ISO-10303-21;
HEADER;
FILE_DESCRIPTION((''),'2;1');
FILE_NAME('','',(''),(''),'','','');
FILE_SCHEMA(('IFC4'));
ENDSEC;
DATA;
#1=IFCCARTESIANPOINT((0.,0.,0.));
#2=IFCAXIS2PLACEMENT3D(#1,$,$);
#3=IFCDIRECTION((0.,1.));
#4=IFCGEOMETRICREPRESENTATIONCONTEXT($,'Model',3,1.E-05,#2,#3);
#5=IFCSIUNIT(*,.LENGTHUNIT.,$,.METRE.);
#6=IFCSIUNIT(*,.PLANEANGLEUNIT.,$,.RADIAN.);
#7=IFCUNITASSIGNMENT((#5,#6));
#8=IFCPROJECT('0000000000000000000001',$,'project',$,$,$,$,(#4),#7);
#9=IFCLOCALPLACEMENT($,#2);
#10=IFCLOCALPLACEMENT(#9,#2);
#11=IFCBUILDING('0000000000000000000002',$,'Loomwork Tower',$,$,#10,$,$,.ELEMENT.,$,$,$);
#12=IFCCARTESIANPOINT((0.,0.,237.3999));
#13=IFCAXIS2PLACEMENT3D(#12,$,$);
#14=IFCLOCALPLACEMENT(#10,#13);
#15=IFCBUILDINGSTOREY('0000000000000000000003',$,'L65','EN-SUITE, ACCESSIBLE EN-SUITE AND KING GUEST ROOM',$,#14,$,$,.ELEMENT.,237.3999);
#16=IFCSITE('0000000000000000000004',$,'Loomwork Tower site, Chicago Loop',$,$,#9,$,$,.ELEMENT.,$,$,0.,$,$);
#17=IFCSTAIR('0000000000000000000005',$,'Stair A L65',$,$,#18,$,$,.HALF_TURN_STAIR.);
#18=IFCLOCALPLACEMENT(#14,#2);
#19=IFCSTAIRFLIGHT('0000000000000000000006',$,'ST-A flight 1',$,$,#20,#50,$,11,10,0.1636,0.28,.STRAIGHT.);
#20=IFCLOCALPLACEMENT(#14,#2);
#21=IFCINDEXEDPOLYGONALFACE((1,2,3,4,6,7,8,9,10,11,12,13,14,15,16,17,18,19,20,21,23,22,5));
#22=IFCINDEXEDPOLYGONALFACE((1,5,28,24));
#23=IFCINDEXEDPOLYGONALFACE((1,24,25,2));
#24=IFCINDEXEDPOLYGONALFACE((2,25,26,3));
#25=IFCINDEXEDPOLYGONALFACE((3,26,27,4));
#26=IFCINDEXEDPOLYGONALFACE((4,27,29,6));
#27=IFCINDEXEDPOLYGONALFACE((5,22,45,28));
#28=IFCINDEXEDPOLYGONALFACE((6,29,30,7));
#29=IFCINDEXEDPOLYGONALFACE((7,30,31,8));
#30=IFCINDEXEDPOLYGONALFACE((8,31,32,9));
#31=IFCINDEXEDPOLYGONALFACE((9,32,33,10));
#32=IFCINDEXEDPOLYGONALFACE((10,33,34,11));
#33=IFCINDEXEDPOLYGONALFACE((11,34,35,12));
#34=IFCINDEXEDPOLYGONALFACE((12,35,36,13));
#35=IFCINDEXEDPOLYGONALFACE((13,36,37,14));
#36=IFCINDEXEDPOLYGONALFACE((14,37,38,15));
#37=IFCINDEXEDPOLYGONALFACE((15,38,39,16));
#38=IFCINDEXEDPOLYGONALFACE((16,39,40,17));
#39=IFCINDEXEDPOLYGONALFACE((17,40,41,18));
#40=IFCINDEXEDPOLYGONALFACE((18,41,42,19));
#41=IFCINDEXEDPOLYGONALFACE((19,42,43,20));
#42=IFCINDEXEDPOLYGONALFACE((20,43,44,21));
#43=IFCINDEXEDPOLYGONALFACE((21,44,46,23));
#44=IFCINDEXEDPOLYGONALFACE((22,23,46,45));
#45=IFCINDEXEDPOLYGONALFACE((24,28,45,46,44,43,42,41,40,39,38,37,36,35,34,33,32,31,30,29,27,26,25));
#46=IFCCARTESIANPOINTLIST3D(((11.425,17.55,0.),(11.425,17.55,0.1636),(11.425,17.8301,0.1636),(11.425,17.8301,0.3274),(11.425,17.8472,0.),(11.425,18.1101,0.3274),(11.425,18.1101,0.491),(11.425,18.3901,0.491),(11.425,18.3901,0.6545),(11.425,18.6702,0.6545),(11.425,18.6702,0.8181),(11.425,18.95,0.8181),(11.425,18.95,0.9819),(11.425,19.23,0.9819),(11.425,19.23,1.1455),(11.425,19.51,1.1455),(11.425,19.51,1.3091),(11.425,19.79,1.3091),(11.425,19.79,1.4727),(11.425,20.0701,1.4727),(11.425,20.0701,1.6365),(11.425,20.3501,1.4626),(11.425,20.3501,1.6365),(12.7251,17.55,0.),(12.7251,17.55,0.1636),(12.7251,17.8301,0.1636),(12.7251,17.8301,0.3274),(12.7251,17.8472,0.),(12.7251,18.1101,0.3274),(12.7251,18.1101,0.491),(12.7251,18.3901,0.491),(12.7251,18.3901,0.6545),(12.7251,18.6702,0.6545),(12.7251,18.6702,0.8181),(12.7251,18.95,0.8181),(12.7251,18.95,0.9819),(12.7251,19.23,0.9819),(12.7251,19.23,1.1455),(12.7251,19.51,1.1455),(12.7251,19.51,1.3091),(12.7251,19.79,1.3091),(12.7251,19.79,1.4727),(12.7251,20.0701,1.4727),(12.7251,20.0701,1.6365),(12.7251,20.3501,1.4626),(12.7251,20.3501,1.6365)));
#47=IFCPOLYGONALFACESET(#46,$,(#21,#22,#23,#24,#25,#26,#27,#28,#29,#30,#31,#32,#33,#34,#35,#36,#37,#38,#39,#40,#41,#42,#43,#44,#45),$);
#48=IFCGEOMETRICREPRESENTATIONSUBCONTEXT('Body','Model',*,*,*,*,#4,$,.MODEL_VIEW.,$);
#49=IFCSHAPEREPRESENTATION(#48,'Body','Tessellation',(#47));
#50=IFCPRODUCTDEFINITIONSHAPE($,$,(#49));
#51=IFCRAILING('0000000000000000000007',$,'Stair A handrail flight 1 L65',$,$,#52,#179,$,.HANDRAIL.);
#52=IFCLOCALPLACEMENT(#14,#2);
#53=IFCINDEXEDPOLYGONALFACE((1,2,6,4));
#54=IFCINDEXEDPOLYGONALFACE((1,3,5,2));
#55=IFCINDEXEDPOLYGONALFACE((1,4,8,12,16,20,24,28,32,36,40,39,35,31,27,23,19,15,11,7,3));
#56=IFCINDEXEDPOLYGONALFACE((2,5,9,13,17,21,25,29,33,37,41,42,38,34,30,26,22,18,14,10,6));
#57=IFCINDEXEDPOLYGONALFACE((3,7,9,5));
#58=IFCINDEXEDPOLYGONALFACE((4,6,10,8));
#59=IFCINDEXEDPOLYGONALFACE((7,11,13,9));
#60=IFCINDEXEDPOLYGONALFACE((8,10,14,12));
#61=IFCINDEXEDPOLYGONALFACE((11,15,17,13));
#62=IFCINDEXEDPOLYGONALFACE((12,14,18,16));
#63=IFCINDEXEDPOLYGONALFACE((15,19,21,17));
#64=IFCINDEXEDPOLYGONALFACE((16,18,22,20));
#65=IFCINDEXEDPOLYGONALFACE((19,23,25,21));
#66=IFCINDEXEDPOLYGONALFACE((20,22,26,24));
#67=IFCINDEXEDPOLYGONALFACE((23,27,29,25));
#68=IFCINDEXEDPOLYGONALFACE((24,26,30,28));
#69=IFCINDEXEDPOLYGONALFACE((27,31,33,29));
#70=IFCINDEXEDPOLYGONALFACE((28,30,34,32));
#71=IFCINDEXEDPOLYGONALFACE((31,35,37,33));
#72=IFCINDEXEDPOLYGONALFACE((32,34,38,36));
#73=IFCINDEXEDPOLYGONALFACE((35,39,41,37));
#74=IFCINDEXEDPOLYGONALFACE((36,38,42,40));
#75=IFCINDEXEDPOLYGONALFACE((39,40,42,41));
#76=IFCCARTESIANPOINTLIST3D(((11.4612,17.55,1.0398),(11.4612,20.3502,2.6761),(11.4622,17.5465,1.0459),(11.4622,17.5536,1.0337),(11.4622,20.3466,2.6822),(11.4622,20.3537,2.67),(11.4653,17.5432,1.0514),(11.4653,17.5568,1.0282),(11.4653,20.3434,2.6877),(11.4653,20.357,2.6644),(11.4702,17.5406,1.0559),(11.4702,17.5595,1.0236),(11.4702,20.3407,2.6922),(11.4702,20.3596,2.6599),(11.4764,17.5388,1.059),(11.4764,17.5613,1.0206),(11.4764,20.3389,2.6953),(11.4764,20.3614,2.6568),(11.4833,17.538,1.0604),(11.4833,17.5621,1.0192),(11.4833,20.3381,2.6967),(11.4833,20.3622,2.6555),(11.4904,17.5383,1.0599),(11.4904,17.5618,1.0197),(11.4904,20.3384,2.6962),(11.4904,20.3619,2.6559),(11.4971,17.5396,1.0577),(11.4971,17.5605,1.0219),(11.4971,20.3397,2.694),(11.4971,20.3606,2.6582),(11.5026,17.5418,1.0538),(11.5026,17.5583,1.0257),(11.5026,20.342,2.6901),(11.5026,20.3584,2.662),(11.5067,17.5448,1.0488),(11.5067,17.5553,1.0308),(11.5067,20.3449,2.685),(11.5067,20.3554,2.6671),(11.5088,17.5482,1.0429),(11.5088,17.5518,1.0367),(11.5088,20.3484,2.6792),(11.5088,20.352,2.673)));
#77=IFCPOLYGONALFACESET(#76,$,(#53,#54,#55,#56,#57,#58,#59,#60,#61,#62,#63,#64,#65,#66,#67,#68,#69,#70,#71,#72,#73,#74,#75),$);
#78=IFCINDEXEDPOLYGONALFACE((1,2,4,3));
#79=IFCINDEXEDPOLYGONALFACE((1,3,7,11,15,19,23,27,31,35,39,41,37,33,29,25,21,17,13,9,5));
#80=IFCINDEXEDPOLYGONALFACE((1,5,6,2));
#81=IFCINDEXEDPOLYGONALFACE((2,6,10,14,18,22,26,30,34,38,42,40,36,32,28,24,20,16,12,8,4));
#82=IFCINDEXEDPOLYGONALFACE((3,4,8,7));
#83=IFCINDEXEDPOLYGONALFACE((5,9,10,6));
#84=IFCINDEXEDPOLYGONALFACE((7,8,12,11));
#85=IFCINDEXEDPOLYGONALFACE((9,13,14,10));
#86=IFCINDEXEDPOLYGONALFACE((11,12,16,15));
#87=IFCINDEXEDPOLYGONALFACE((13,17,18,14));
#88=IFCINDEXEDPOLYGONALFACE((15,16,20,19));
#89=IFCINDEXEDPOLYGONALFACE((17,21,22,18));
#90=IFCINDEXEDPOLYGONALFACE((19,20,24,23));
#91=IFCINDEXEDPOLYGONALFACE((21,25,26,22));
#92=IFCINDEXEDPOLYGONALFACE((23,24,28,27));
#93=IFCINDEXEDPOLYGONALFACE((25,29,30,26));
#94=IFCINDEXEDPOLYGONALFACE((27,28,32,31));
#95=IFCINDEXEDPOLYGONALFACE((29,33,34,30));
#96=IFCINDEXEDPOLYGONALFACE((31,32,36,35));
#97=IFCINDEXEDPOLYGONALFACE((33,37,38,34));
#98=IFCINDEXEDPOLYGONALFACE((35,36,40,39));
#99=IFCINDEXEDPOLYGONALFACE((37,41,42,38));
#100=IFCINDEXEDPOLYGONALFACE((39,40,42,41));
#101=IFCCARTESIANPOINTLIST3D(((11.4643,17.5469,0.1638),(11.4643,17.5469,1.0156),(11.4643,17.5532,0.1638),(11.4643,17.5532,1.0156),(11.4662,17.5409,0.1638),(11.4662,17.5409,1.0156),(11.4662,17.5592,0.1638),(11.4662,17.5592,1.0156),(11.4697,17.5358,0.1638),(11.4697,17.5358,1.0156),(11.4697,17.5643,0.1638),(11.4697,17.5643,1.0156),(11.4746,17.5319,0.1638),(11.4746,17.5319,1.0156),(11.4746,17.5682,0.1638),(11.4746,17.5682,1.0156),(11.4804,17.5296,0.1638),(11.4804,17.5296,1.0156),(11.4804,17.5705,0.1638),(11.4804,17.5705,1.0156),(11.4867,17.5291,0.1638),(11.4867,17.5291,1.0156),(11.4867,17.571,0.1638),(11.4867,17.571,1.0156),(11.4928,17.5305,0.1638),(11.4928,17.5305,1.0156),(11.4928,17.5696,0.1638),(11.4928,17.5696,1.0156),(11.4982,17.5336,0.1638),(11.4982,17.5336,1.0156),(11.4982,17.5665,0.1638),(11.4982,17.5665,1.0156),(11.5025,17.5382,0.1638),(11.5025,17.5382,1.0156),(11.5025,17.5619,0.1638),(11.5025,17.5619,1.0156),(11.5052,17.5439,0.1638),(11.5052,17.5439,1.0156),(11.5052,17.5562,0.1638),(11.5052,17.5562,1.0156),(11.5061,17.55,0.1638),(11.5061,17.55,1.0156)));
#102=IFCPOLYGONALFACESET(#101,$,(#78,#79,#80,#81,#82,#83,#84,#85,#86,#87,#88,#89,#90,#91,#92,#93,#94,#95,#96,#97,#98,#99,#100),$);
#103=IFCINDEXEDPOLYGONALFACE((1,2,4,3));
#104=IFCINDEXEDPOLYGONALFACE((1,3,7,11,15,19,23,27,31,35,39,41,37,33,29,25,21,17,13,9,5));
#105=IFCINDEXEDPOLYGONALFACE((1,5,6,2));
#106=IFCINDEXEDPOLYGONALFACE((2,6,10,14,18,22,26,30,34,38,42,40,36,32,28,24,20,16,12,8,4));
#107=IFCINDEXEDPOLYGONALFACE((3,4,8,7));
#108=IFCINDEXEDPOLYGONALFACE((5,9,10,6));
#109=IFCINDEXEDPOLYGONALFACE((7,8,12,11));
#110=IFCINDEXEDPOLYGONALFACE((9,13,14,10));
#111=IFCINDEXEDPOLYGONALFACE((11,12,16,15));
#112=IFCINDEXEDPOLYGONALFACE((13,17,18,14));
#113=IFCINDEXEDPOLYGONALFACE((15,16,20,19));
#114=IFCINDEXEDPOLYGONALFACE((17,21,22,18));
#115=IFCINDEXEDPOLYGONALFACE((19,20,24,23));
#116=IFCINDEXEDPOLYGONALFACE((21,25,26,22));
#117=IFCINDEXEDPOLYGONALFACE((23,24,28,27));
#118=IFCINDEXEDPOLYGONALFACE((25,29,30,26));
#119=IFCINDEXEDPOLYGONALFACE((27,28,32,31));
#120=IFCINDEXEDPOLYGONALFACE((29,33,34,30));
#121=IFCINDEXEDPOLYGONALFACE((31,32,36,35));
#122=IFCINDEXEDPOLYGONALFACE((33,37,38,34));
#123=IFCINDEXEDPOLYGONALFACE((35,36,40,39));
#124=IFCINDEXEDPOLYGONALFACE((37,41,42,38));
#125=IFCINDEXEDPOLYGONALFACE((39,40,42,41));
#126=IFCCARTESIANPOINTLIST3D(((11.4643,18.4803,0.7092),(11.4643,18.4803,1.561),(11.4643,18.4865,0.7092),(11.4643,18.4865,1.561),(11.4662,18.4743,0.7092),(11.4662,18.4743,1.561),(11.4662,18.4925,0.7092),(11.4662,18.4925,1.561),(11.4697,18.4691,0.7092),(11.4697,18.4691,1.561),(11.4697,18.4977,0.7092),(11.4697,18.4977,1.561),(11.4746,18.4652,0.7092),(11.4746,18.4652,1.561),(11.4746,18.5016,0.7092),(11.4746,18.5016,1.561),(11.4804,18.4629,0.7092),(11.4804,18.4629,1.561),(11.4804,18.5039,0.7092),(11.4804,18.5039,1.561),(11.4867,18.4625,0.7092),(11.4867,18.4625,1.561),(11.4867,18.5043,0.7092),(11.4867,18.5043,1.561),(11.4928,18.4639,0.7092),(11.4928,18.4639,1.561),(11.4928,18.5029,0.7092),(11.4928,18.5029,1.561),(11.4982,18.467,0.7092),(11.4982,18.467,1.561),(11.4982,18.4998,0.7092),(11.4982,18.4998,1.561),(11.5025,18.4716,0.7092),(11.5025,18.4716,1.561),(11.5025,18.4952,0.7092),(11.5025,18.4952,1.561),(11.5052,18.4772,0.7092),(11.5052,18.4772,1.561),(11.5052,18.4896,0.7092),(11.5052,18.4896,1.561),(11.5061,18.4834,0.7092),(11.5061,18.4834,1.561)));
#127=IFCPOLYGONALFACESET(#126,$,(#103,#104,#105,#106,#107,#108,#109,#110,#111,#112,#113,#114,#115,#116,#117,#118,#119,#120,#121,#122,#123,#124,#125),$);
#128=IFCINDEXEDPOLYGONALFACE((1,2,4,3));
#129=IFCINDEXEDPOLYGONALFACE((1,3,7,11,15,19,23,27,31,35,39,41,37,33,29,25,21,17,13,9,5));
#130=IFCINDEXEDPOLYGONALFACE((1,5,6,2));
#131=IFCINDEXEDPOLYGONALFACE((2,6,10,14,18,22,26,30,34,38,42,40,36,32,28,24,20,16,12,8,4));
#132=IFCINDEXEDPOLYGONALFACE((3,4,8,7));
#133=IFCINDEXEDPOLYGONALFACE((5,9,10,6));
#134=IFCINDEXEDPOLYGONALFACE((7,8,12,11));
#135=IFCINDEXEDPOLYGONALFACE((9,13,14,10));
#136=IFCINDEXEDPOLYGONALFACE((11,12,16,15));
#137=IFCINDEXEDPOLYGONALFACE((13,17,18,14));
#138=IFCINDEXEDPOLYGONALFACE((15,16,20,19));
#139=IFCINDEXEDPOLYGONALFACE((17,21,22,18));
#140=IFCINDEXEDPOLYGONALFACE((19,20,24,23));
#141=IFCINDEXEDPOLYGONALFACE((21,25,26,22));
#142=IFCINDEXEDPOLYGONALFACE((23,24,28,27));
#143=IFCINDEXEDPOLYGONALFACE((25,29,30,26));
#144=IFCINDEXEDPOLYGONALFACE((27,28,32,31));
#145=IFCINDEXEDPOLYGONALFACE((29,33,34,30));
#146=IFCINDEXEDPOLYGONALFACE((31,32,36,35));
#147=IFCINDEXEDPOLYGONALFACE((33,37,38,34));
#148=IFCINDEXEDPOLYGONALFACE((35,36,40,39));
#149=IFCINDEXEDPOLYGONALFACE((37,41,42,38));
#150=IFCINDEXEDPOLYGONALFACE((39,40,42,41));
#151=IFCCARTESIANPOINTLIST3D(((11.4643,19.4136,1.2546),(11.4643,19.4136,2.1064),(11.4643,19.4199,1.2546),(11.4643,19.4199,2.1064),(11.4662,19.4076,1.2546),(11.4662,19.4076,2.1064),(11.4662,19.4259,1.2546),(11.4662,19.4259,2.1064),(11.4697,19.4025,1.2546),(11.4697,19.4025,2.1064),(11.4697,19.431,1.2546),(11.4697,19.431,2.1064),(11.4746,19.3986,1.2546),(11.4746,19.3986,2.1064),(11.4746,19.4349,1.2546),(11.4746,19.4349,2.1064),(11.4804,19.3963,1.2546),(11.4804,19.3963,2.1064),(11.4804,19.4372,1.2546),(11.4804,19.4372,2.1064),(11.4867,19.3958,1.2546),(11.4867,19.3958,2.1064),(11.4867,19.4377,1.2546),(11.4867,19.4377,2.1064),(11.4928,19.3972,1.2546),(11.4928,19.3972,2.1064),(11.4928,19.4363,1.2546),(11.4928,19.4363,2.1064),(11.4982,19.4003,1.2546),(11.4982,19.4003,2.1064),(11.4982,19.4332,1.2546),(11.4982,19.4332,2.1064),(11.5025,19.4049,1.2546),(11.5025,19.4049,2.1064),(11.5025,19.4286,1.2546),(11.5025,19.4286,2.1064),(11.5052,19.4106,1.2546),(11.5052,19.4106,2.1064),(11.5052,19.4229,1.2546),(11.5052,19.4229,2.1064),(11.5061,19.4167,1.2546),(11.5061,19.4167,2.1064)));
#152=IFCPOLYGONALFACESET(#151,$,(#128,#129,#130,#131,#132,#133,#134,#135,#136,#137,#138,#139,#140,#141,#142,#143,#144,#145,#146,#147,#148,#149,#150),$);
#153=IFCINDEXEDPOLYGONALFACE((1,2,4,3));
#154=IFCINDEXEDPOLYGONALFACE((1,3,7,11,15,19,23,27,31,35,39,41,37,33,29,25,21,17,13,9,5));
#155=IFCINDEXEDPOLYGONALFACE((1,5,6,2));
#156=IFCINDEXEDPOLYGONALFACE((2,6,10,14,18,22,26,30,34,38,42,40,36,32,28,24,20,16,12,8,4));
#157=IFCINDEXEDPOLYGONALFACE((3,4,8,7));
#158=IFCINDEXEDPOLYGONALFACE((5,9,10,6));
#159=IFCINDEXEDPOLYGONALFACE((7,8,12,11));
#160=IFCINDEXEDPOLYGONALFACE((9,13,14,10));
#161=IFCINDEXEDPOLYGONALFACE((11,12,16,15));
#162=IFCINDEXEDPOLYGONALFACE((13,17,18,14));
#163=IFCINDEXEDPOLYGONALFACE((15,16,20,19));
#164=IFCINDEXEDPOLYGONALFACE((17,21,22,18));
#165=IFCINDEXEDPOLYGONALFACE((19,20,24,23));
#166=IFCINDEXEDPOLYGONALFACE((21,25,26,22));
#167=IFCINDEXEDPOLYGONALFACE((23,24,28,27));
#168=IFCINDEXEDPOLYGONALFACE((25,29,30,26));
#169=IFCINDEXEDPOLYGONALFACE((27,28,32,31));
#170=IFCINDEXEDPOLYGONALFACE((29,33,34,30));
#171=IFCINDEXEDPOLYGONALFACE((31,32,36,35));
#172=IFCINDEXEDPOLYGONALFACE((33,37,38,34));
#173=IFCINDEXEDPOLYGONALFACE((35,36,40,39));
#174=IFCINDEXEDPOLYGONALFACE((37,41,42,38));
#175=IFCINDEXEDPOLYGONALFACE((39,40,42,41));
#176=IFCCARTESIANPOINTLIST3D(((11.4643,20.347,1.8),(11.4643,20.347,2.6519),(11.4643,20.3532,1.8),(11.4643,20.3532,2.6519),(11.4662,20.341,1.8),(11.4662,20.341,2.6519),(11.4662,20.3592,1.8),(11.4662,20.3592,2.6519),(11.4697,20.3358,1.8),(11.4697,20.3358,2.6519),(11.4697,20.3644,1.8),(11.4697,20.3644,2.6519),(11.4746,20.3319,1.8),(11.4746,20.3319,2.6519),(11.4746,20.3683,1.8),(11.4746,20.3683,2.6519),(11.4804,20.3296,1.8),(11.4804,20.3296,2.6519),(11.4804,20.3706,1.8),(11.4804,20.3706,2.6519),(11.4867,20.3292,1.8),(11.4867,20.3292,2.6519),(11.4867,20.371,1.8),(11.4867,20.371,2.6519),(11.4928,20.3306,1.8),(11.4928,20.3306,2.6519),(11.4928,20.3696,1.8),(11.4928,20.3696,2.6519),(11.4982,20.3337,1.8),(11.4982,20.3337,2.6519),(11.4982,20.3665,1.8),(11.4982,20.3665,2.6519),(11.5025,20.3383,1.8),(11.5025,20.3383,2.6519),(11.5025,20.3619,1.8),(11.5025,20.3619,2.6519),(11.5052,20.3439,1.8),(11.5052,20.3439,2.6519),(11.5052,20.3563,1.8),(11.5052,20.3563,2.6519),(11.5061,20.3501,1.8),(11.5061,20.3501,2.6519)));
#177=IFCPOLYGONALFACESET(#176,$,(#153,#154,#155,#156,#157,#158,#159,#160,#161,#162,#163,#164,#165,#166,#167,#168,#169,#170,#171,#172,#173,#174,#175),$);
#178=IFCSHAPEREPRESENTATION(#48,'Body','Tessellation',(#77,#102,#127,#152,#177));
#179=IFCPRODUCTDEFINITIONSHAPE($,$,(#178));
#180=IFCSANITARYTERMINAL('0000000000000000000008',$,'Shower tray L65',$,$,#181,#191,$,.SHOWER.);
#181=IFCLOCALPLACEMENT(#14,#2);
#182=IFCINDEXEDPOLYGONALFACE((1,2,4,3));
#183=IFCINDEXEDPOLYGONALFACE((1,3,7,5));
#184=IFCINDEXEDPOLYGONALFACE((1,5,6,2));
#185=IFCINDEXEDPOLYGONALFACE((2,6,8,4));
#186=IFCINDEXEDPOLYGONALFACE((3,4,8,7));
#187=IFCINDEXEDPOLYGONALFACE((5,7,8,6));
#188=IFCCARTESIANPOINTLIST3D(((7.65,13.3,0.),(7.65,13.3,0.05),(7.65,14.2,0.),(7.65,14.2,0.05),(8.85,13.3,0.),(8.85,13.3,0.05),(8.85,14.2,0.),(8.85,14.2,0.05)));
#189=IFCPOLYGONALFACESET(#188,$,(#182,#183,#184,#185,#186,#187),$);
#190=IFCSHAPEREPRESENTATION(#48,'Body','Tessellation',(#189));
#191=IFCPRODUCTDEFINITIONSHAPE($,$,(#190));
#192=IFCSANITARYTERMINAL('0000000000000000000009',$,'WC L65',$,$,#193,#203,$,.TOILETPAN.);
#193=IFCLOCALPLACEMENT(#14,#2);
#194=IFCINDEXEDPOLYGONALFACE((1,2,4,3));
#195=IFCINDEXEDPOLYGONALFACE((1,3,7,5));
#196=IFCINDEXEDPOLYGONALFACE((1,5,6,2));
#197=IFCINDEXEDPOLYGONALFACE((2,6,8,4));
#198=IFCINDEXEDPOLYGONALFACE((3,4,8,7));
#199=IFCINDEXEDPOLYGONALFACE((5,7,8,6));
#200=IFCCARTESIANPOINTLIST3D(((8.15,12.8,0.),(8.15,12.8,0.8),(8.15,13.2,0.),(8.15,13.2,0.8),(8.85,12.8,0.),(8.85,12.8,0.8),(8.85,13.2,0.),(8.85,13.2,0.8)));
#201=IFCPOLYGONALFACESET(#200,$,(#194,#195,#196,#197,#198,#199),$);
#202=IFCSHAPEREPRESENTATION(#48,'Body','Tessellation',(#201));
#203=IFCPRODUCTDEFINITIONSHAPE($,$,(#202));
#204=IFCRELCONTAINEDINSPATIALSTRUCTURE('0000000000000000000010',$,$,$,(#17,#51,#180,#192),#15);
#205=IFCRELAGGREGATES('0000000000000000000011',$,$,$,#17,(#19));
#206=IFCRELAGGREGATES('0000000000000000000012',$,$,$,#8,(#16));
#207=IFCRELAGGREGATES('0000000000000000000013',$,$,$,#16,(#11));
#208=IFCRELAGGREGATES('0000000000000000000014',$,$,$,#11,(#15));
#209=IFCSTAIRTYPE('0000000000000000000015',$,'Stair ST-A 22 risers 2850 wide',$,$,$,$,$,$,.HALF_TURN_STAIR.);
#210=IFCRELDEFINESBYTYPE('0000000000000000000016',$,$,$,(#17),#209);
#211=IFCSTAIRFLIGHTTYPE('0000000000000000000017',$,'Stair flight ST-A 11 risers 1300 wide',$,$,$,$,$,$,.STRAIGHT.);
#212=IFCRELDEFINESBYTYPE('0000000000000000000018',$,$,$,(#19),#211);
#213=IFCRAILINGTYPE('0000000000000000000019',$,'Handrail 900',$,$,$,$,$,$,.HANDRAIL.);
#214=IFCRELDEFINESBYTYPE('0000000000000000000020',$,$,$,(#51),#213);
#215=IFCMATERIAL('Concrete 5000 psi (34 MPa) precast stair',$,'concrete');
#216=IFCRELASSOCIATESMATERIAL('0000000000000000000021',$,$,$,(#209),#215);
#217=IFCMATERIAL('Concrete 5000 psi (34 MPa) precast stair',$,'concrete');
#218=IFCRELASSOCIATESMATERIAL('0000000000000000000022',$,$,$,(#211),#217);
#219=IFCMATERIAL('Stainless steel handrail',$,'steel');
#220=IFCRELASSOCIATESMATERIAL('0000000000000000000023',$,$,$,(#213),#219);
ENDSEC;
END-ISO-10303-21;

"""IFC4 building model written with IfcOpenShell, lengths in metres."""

from ifc_helpers import new_model, si_unit, direction, frame, origin, origin_2d, place, context, subcontext, project, spatial, polyline, rectangle, circle, outline, extrude, material, type_object, element, aggregate, save


model = new_model("IFC4")

# Units and contexts
model_context = context("Model", 3, precision=1e-05, world=origin(), true_north=direction((0.0, 1.0)))
body_context = subcontext(model_context, "Body", "Model", "MODEL_VIEW")
ifc_project = project(units=[si_unit("LENGTHUNIT", "METRE"), si_unit("PLANEANGLEUNIT", "RADIAN")], contexts=[model_context])

# Site, building, storey
site_placement = place(None, origin())
site = spatial("IfcSite", under=ifc_project, at=site_placement, Name="Loomwork Tower site, Chicago Loop", CompositionType="ELEMENT", RefElevation=0.0)
building_placement = place(site_placement, origin())
building = spatial("IfcBuilding", under=site, at=building_placement, Name="Loomwork Tower", CompositionType="ELEMENT")
storey_placement = place(building_placement, frame((0.0, 0.0, 237.3999)))
storey = spatial("IfcBuildingStorey", under=building, at=storey_placement, Name="L65", Description="EN-SUITE, ACCESSIBLE EN-SUITE AND KING GUEST ROOM", CompositionType="ELEMENT", Elevation=237.3999)

# Stair, stair flight
ifc_material_1 = material(Name="Concrete 5000 psi (34 MPa) precast stair", Category="concrete")
stair_type = type_object("IfcStairType", Name="Stair ST-A 22 risers 2850 wide", PredefinedType="HALF_TURN_STAIR", material=ifc_material_1)
stair_placement = place(storey_placement, origin())
stair = element("IfcStair", 1, at=stair_placement, inside=storey, type_object=stair_type, Name="Stair A L65", PredefinedType="HALF_TURN_STAIR")
ifc_material_2 = material(Name="Concrete 5000 psi (34 MPa) precast stair", Category="concrete")
stair_flight_type = type_object("IfcStairFlightType", Name="Stair flight ST-A 11 risers 1300 wide", PredefinedType="STRAIGHT", material=ifc_material_2)
stair_flight_placement = place(storey_placement, frame((12.075, 17.55, 0.0), z_axis=(0.0, 0.0, 1.0), x_axis=(0.0, 1.0, 0.0)))
stair_flight = element("IfcStairFlight", 2, at=stair_flight_placement, type_object=stair_flight_type, Name="ST-A flight 1", NumberOfRisers=11, NumberOfTreads=10, PredefinedType="STRAIGHT", RiserHeight=0.1636, TreadLength=0.28, context=body_context, shape_type="SweptSolid", body=[
    extrude(outline(polyline([(0.0, 0.0), (0.0, 0.1636), (0.28, 0.1636), (0.28, 0.3274), (0.5601, 0.3274), (0.5601, 0.491), (0.8401, 0.491), (0.8401, 0.6545), (1.1201, 0.6545), (1.1201, 0.8181), (1.3999, 0.8181), (1.3999, 0.9819), (1.6799, 0.9819), (1.6799, 1.1455), (1.96, 1.1455), (1.96, 1.3091), (2.24, 1.3091), (2.24, 1.4727), (2.52, 1.4727), (2.52, 1.6365), (2.8, 1.6365), (2.8, 1.8), (2.8, 1.4626), (0.2971, 0.0), (0.0, 0.0)])), frame((0.0, 0.6499, 0.0), z_axis=(0.0, -1.0, 0.0), x_axis=(1.0, 0.0, 0.0)), (0.0, 0.0, 1.0), 1.3),
])
aggregate(stair, [stair_flight])

# Railing
ifc_material_3 = material(Name="Stainless steel handrail", Category="steel")
railing_type = type_object("IfcRailingType", Name="Handrail 900", PredefinedType="HANDRAIL", material=ifc_material_3)
railing_placement = place(storey_placement, frame((11.4851, 17.55, 0.1638)))
element("IfcRailing", 3, at=railing_placement, inside=storey, type_object=railing_type, Name="Stair A handrail flight 1 L65", PredefinedType="HANDRAIL", context=body_context, shape_type="SweptSolid", body=[
    extrude(circle(Radius=0.0239, at=origin_2d()), frame((0.0, 0.0, 0.876), z_axis=(0.0, 0.863394, 0.504531), x_axis=(-1.0, 0.0, 0.0)), (0.0, 0.0, 1.0), 3.2432),
    extrude(circle(Radius=0.021, at=origin_2d()), origin(), (0.0, 0.0, 1.0), 0.8518),
    extrude(circle(Radius=0.021, at=origin_2d()), frame((0.0, 0.9333, 0.5454)), (0.0, 0.0, 1.0), 0.8518),
    extrude(circle(Radius=0.021, at=origin_2d()), frame((0.0, 1.8667, 1.0908)), (0.0, 0.0, 1.0), 0.8518),
    extrude(circle(Radius=0.021, at=origin_2d()), frame((0.0, 2.8, 1.6362)), (0.0, 0.0, 1.0), 0.8518),
])

# Sanitary terminals
sanitary_terminal_1_placement = place(storey_placement, frame((8.25, 13.75, 0.0), z_axis=(0.0, 0.0, 1.0), x_axis=(1.0, 0.0, 0.0)))
element("IfcSanitaryTerminal", 4, at=sanitary_terminal_1_placement, inside=storey, Name="Shower tray L65", PredefinedType="SHOWER", context=body_context, shape_type="SweptSolid", body=[
    extrude(rectangle(XDim=1.2, YDim=0.8999, at=origin_2d()), origin(), (0.0, 0.0, 1.0), 0.05),
])
sanitary_terminal_2_placement = place(storey_placement, frame((8.5, 13.0, 0.0), z_axis=(0.0, 0.0, 1.0), x_axis=(1.0, 0.0, 0.0)))
element("IfcSanitaryTerminal", 5, at=sanitary_terminal_2_placement, inside=storey, Name="WC L65", PredefinedType="TOILETPAN", context=body_context, shape_type="SweptSolid", body=[
    extrude(rectangle(XDim=0.7, YDim=0.3999, at=origin_2d()), origin(), (0.0, 0.0, 1.0), 0.8),
])

save(model, "model.ifc")
